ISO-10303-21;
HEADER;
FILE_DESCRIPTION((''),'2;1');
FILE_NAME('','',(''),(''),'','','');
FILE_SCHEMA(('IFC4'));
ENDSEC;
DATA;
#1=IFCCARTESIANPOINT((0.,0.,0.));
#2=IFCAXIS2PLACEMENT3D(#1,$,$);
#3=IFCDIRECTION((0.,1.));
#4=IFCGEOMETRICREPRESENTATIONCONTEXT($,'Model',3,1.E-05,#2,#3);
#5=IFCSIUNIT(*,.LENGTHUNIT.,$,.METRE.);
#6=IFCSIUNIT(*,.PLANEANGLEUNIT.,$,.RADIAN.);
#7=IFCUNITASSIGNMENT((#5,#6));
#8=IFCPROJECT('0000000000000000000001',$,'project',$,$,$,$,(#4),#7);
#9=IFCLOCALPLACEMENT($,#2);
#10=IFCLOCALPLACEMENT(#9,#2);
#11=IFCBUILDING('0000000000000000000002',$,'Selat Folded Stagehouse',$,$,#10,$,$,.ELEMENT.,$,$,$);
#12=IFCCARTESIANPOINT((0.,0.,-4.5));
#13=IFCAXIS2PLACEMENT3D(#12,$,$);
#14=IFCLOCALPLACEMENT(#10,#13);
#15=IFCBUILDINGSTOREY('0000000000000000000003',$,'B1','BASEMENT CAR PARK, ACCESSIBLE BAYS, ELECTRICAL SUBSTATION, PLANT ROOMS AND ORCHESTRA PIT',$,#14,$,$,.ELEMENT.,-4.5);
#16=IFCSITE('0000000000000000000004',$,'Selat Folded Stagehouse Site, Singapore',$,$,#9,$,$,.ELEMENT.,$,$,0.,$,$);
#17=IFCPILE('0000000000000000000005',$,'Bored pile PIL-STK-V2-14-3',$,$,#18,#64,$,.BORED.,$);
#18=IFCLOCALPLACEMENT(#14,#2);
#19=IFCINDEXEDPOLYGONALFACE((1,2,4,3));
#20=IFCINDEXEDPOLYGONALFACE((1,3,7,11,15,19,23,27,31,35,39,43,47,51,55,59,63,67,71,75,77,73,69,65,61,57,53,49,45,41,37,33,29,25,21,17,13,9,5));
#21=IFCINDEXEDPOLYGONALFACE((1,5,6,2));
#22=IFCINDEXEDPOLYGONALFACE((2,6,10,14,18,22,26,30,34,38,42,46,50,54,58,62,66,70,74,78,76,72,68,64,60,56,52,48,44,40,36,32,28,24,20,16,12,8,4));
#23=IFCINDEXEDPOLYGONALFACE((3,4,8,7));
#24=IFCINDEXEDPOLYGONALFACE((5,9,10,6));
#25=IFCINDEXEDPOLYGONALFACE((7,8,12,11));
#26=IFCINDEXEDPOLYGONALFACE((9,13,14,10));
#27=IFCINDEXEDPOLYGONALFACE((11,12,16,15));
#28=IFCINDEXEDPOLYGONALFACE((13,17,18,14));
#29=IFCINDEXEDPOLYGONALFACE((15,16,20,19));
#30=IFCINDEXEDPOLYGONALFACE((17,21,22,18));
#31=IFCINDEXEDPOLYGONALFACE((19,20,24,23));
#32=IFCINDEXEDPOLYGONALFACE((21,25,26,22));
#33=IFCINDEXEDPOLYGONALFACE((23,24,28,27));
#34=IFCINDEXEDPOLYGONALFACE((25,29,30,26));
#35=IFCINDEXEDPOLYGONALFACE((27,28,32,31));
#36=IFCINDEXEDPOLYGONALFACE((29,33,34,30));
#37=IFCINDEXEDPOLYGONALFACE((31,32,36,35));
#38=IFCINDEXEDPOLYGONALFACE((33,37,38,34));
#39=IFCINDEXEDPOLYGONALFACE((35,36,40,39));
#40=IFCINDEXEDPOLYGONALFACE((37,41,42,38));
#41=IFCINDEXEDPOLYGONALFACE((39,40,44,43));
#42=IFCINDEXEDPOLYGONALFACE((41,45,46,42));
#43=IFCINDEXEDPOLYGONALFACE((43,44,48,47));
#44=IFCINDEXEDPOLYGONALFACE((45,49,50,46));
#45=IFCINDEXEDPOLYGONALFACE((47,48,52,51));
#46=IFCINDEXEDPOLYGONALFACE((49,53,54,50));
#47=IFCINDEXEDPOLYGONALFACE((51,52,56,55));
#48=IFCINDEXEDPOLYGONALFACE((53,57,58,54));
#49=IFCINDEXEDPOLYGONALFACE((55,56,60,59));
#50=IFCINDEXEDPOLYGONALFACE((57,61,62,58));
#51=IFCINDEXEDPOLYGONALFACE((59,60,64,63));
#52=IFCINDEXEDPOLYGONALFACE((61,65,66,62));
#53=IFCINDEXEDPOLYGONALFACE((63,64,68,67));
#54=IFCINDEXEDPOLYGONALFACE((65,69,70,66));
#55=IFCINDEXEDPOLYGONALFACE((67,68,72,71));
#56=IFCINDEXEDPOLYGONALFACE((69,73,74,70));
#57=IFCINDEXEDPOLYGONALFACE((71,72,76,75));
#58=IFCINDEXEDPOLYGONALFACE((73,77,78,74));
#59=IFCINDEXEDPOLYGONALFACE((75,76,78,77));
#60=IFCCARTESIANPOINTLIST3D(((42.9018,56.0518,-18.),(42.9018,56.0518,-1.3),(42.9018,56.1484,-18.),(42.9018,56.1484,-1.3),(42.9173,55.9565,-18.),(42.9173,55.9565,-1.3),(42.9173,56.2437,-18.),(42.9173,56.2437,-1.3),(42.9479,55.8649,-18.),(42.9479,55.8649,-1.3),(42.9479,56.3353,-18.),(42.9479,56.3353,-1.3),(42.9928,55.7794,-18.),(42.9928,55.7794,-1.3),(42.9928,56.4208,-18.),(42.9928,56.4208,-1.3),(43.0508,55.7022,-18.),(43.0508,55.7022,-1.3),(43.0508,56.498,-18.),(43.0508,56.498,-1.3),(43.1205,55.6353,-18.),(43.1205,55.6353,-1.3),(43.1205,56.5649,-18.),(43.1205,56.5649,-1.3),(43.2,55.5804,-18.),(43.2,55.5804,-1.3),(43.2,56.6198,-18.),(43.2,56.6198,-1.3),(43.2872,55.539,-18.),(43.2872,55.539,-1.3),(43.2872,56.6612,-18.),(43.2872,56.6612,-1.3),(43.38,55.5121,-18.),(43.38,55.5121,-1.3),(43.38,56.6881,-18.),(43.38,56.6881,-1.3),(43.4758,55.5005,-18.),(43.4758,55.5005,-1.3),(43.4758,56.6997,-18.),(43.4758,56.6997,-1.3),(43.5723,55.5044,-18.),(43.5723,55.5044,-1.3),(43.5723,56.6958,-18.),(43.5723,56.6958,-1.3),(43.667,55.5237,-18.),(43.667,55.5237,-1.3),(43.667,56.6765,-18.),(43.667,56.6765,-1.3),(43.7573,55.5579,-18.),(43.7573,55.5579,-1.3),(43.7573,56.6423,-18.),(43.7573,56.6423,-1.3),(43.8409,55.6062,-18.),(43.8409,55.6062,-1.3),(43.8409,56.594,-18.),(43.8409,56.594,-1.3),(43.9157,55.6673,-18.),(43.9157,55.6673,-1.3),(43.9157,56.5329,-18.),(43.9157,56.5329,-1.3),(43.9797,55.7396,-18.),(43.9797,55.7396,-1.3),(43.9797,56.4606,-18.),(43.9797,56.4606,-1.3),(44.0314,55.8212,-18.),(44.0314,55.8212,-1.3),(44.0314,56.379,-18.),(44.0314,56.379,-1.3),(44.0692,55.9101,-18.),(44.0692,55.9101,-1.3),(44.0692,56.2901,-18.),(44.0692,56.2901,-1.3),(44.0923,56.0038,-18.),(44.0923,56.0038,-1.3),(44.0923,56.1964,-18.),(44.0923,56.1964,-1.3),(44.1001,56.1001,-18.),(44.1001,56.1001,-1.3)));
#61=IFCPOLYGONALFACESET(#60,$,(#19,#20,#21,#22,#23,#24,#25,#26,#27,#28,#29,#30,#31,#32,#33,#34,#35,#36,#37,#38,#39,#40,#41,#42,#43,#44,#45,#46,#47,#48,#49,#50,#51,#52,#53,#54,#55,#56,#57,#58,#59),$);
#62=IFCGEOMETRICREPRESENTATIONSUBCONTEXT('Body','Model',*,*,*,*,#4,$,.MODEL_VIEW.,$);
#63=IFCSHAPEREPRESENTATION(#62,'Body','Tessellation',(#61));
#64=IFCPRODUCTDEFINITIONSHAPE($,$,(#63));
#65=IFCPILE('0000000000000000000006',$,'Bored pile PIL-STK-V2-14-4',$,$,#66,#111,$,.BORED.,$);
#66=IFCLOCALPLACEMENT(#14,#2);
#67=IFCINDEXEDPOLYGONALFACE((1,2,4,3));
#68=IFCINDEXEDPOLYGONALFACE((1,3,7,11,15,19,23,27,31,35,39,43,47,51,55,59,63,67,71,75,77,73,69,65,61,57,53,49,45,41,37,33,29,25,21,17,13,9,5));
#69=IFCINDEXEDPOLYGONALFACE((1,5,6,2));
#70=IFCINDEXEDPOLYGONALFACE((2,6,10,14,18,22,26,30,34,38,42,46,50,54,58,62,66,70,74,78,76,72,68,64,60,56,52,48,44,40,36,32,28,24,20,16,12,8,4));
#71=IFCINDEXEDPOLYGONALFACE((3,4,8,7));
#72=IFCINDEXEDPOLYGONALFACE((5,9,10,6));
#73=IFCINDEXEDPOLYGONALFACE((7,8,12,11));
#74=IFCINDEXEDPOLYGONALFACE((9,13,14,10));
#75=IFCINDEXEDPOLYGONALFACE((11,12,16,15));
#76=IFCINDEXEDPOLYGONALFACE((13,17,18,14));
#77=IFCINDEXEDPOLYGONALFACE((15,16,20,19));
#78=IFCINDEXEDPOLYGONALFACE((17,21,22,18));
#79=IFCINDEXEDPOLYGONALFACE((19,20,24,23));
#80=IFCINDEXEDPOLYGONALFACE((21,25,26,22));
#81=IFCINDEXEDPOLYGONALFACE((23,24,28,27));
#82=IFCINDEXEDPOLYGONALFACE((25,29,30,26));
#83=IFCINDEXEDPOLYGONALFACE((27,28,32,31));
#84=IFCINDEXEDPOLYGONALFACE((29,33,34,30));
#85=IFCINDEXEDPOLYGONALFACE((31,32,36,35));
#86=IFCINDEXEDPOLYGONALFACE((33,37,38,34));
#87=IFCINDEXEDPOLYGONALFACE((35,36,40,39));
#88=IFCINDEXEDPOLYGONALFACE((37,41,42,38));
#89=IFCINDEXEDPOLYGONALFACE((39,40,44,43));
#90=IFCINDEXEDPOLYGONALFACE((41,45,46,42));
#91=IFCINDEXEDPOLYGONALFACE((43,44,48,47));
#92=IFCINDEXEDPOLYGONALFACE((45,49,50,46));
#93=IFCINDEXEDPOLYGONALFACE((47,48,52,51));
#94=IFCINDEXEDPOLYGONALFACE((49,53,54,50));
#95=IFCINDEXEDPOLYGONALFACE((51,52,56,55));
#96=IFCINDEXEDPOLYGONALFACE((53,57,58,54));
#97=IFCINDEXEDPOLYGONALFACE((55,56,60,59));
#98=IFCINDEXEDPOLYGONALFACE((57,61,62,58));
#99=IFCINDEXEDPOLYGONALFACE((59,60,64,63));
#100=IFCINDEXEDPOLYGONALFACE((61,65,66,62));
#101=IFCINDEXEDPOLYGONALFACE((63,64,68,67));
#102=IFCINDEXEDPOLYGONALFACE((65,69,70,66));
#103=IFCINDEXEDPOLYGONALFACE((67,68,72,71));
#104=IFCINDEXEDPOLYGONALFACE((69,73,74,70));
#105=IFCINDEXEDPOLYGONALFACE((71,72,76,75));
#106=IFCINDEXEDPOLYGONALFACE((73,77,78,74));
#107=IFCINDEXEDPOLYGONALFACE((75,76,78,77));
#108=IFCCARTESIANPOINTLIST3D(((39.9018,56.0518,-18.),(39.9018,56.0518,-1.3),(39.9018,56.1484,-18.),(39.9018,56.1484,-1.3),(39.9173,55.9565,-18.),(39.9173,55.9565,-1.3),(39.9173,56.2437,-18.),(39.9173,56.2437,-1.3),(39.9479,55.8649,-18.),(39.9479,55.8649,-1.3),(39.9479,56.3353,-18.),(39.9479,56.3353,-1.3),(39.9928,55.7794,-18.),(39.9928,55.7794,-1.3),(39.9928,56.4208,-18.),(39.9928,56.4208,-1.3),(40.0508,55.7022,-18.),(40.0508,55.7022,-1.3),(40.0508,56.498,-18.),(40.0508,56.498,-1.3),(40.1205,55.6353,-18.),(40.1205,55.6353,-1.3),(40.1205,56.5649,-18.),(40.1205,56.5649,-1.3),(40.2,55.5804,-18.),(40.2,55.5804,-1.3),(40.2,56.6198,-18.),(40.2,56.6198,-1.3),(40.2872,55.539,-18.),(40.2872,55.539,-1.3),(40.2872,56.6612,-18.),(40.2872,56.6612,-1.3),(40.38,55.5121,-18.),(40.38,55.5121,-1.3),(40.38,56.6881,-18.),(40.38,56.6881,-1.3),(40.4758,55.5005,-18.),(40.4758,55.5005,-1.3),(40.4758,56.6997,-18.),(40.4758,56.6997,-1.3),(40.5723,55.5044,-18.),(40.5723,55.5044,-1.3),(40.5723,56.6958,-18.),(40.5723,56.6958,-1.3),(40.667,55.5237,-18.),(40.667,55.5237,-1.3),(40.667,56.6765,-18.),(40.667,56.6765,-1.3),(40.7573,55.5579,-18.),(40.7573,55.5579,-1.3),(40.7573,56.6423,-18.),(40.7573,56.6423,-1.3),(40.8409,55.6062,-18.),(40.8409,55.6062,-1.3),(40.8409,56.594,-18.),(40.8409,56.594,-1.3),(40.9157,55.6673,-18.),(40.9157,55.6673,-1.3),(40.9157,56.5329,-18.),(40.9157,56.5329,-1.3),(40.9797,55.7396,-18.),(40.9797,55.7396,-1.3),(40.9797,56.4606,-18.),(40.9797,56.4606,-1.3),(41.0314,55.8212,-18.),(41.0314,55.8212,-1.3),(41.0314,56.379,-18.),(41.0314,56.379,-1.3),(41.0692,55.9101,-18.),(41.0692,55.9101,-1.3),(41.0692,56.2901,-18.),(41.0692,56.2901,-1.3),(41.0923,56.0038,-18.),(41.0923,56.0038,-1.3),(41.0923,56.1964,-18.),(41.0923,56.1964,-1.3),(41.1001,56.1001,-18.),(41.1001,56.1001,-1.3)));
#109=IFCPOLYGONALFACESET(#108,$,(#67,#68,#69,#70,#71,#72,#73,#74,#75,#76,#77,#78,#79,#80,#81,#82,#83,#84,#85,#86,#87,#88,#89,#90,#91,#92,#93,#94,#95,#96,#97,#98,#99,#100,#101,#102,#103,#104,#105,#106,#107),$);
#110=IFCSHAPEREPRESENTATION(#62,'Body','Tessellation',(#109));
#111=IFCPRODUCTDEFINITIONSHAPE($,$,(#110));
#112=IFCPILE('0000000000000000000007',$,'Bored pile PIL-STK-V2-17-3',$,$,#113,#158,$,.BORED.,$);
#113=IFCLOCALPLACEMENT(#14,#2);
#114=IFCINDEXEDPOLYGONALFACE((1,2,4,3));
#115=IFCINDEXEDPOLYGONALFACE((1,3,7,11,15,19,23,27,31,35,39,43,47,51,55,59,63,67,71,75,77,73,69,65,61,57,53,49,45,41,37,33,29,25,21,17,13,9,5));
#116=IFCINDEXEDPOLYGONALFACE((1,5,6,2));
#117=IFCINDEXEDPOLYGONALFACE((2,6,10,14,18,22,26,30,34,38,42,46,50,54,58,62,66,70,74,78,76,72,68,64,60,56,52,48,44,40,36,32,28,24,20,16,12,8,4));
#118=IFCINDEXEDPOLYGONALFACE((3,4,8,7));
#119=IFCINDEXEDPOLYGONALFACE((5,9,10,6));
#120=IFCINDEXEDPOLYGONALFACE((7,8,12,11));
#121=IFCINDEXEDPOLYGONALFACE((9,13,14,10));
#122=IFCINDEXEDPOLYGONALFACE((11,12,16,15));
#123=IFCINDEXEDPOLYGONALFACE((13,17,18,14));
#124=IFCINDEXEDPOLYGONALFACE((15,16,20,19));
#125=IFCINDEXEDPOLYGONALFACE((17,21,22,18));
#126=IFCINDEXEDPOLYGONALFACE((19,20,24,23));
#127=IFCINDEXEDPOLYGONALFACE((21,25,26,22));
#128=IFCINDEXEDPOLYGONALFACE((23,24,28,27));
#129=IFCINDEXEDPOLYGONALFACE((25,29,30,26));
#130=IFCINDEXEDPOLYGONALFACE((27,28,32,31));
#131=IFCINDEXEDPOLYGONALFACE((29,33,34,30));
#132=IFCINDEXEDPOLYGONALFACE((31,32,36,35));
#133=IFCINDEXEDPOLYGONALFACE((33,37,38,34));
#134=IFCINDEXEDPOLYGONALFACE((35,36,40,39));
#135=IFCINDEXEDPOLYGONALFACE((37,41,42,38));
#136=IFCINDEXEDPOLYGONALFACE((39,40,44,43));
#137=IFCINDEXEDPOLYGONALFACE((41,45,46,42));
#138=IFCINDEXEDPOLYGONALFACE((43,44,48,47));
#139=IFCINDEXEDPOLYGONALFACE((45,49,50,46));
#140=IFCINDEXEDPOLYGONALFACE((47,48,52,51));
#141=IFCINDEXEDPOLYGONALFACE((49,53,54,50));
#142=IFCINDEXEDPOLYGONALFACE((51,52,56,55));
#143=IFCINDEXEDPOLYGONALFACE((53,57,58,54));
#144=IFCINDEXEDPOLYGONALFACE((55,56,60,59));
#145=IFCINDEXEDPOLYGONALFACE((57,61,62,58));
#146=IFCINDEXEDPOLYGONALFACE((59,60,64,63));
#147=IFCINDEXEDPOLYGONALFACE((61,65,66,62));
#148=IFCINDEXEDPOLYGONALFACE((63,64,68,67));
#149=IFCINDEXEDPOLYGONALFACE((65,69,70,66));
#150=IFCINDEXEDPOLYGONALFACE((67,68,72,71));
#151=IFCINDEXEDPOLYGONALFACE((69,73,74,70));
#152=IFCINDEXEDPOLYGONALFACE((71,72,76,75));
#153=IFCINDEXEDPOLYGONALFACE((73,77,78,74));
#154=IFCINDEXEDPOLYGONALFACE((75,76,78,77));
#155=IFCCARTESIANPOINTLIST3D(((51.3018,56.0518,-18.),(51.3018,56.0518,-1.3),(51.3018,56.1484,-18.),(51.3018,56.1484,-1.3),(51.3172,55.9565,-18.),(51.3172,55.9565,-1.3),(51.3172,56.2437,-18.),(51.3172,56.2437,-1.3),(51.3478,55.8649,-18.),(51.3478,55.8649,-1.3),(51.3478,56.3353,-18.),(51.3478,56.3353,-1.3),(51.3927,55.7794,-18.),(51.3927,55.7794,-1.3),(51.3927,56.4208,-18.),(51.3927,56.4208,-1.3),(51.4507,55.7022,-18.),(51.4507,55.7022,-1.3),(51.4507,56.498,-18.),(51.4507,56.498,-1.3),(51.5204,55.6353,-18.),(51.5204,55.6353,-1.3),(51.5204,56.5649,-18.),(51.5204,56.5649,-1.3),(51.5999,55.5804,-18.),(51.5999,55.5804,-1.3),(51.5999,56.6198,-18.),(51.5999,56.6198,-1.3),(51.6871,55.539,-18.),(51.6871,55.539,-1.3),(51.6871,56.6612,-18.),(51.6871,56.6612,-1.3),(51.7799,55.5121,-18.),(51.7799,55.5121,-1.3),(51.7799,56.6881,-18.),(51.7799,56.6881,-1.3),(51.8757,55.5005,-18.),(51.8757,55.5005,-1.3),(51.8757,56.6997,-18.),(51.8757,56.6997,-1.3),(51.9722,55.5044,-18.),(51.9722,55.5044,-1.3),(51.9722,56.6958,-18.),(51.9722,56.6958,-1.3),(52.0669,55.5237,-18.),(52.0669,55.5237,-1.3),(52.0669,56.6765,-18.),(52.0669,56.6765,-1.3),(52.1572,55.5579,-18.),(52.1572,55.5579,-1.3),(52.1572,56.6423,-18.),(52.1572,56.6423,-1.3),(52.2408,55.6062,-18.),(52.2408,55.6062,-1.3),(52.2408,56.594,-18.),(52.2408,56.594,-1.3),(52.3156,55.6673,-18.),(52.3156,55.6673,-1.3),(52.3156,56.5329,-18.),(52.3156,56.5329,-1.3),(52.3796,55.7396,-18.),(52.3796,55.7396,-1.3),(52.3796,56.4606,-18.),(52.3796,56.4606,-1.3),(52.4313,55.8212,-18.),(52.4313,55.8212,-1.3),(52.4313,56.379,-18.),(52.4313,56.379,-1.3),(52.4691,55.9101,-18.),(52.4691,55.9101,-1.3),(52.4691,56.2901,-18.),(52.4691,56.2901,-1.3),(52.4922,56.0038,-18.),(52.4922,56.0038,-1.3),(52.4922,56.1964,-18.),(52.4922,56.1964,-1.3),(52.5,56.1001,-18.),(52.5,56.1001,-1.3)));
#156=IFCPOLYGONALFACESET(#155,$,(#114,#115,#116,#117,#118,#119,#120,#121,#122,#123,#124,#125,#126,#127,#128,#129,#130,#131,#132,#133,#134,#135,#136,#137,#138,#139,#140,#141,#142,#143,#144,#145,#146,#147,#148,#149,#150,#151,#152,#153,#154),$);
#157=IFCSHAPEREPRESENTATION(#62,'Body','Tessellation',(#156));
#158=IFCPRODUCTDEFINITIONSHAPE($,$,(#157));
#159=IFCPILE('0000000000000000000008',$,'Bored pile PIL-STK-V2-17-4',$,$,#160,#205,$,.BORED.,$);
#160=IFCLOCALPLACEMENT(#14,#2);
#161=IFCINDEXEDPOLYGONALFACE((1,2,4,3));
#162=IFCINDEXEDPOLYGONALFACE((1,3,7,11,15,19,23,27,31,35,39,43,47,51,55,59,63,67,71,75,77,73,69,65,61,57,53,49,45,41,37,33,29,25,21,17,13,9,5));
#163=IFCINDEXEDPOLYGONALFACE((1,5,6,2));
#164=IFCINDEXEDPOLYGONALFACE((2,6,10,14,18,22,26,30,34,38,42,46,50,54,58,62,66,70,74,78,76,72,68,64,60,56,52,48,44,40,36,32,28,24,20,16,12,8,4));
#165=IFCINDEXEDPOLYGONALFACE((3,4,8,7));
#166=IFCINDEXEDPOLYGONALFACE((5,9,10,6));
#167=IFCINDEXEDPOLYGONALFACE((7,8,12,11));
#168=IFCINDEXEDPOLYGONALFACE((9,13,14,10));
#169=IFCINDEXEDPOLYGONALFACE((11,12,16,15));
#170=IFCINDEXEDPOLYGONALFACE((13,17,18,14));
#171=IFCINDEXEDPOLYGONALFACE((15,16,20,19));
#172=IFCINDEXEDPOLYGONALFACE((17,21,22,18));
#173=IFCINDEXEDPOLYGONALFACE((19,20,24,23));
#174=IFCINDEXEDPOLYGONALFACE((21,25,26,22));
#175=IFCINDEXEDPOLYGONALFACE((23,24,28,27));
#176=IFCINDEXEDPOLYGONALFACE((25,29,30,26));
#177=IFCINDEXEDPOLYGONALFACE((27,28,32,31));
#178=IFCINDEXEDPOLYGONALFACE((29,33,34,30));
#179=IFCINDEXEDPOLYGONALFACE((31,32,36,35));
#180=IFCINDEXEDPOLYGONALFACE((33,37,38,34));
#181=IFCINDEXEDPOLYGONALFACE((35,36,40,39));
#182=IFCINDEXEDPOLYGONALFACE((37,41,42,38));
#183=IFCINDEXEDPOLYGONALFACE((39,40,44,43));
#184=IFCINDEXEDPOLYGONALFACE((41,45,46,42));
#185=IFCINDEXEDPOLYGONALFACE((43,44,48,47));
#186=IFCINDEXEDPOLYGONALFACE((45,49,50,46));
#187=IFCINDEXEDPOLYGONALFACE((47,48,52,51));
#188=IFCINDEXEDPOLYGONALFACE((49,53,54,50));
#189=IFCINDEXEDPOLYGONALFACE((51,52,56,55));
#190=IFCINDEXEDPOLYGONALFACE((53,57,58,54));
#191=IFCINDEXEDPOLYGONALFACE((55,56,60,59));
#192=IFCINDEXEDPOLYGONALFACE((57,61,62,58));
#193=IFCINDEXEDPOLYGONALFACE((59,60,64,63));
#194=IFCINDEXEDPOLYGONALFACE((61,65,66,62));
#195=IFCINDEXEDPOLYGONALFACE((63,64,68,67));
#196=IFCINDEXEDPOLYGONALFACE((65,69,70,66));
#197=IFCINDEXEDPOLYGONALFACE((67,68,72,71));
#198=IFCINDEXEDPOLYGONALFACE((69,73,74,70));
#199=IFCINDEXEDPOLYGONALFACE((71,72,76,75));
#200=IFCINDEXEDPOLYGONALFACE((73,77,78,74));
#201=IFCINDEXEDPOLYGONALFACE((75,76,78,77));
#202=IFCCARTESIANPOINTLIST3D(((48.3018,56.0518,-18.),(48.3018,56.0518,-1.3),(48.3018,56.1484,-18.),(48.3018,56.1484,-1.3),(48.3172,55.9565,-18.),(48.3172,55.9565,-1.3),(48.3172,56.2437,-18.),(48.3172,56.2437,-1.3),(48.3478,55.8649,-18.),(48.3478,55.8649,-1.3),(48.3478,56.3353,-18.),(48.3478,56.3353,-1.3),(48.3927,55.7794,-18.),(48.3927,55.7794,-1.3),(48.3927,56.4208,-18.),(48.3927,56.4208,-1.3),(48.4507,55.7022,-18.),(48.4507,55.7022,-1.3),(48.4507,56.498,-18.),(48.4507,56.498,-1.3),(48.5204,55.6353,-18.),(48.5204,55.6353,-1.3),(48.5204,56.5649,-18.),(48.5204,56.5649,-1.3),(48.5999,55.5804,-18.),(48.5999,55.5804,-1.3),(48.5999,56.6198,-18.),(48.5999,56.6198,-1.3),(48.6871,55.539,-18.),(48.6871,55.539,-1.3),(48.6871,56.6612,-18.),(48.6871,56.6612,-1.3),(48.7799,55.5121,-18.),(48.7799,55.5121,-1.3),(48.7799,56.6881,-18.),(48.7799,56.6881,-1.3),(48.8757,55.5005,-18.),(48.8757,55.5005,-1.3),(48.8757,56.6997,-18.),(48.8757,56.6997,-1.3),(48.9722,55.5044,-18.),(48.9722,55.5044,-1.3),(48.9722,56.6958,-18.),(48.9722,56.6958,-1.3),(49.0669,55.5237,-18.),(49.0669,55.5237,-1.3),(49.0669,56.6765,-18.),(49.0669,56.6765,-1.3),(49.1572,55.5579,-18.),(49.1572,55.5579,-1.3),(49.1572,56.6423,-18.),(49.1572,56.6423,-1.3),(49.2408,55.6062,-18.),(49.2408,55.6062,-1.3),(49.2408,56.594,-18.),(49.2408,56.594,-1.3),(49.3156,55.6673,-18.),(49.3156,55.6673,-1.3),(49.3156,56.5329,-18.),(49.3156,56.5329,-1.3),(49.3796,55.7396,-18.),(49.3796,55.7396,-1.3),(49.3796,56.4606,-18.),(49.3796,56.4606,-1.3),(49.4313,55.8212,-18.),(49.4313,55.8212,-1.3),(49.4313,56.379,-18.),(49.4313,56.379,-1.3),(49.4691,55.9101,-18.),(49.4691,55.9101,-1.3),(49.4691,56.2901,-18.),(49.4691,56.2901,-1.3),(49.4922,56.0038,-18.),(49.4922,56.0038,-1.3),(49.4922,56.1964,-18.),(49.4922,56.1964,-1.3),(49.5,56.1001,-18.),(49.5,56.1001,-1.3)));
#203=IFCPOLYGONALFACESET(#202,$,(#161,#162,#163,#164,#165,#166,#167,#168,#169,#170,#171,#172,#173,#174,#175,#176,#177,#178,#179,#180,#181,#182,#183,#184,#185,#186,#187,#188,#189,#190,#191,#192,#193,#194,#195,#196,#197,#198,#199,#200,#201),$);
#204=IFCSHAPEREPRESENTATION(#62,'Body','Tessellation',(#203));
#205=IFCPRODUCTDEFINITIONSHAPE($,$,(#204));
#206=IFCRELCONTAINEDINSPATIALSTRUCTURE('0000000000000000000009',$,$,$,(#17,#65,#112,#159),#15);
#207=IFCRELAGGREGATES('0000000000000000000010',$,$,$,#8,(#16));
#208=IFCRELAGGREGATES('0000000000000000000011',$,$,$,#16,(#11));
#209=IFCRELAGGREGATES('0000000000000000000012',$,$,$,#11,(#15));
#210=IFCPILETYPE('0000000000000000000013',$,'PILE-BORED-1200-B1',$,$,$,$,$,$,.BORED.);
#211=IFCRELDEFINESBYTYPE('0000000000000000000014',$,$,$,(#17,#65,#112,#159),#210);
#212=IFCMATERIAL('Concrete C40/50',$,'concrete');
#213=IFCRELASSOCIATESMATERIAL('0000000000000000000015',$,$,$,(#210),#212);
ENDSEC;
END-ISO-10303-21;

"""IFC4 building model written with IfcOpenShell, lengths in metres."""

from ifc_helpers import new_model, si_unit, direction, frame, origin, origin_2d, place, context, subcontext, project, spatial, circle, extrude, material, material_profile, profile_set, type_object, element, save


model = new_model("IFC4")

# Units and contexts
model_context = context("Model", 3, precision=1e-05, world=origin(), true_north=direction((0.0, 1.0)))
body_context = subcontext(model_context, "Body", "Model", "MODEL_VIEW")
ifc_project = project(units=[si_unit("LENGTHUNIT", "METRE"), si_unit("PLANEANGLEUNIT", "RADIAN")], contexts=[model_context])

# Site, building, storey
site_placement = place(None, origin())
site = spatial("IfcSite", under=ifc_project, at=site_placement, Name="Selat Folded Stagehouse Site, Singapore", CompositionType="ELEMENT", RefElevation=0.0)
building_placement = place(site_placement, origin())
building = spatial("IfcBuilding", under=site, at=building_placement, Name="Selat Folded Stagehouse", CompositionType="ELEMENT")
storey_placement = place(building_placement, frame((0.0, 0.0, -4.5)))
storey = spatial("IfcBuildingStorey", under=building, at=storey_placement, Name="B1", Description="BASEMENT CAR PARK, ACCESSIBLE BAYS, ELECTRICAL SUBSTATION, PLANT ROOMS AND ORCHESTRA PIT", CompositionType="ELEMENT", Elevation=-4.5)

# Shared definitions
ifc_material_1 = material(Name="Concrete C40/50", Category="concrete")

# Piles
ifc_material_profile_1 = material_profile(ifc_material_1, circle(Radius=0.6001, at=origin_2d()), Name="PILE D1200")
ifc_profile_set_1 = profile_set([ifc_material_profile_1], Name="Concrete C40/50")
pile_type_1 = type_object("IfcPileType", Name="PILE-BORED-1200-B1", PredefinedType="BORED", material=ifc_profile_set_1)
for number, where, z_axis, x_axis, name in (
    (1, (43.5, 56.1001, -1.3), (0.0, 0.0, -1.0), (1.0, 0.0, 0.0), "Bored pile PIL-STK-V2-14-3"),
    (2, (40.5, 56.1001, -1.3), (0.0, 0.0, -1.0), (1.0, 0.0, 0.0), "Bored pile PIL-STK-V2-14-4"),
    (3, (51.8999, 56.1001, -1.3), (0.0, 0.0, -1.0), (1.0, 0.0, 0.0), "Bored pile PIL-STK-V2-17-3"),
    (4, (48.8999, 56.1001, -1.3), (0.0, 0.0, -1.0), (1.0, 0.0, 0.0), "Bored pile PIL-STK-V2-17-4"),
):
    element("IfcPile", number, at=place(storey_placement, frame(where, z_axis=z_axis, x_axis=x_axis)), inside=storey, type_object=pile_type_1, Name=name, PredefinedType="BORED", context=body_context, shape_type="SweptSolid", body=[
        extrude(circle(Radius=0.6001, at=origin_2d()), origin(), (0.0, 0.0, 1.0), 16.7),
    ])

save(model, "model.ifc")
